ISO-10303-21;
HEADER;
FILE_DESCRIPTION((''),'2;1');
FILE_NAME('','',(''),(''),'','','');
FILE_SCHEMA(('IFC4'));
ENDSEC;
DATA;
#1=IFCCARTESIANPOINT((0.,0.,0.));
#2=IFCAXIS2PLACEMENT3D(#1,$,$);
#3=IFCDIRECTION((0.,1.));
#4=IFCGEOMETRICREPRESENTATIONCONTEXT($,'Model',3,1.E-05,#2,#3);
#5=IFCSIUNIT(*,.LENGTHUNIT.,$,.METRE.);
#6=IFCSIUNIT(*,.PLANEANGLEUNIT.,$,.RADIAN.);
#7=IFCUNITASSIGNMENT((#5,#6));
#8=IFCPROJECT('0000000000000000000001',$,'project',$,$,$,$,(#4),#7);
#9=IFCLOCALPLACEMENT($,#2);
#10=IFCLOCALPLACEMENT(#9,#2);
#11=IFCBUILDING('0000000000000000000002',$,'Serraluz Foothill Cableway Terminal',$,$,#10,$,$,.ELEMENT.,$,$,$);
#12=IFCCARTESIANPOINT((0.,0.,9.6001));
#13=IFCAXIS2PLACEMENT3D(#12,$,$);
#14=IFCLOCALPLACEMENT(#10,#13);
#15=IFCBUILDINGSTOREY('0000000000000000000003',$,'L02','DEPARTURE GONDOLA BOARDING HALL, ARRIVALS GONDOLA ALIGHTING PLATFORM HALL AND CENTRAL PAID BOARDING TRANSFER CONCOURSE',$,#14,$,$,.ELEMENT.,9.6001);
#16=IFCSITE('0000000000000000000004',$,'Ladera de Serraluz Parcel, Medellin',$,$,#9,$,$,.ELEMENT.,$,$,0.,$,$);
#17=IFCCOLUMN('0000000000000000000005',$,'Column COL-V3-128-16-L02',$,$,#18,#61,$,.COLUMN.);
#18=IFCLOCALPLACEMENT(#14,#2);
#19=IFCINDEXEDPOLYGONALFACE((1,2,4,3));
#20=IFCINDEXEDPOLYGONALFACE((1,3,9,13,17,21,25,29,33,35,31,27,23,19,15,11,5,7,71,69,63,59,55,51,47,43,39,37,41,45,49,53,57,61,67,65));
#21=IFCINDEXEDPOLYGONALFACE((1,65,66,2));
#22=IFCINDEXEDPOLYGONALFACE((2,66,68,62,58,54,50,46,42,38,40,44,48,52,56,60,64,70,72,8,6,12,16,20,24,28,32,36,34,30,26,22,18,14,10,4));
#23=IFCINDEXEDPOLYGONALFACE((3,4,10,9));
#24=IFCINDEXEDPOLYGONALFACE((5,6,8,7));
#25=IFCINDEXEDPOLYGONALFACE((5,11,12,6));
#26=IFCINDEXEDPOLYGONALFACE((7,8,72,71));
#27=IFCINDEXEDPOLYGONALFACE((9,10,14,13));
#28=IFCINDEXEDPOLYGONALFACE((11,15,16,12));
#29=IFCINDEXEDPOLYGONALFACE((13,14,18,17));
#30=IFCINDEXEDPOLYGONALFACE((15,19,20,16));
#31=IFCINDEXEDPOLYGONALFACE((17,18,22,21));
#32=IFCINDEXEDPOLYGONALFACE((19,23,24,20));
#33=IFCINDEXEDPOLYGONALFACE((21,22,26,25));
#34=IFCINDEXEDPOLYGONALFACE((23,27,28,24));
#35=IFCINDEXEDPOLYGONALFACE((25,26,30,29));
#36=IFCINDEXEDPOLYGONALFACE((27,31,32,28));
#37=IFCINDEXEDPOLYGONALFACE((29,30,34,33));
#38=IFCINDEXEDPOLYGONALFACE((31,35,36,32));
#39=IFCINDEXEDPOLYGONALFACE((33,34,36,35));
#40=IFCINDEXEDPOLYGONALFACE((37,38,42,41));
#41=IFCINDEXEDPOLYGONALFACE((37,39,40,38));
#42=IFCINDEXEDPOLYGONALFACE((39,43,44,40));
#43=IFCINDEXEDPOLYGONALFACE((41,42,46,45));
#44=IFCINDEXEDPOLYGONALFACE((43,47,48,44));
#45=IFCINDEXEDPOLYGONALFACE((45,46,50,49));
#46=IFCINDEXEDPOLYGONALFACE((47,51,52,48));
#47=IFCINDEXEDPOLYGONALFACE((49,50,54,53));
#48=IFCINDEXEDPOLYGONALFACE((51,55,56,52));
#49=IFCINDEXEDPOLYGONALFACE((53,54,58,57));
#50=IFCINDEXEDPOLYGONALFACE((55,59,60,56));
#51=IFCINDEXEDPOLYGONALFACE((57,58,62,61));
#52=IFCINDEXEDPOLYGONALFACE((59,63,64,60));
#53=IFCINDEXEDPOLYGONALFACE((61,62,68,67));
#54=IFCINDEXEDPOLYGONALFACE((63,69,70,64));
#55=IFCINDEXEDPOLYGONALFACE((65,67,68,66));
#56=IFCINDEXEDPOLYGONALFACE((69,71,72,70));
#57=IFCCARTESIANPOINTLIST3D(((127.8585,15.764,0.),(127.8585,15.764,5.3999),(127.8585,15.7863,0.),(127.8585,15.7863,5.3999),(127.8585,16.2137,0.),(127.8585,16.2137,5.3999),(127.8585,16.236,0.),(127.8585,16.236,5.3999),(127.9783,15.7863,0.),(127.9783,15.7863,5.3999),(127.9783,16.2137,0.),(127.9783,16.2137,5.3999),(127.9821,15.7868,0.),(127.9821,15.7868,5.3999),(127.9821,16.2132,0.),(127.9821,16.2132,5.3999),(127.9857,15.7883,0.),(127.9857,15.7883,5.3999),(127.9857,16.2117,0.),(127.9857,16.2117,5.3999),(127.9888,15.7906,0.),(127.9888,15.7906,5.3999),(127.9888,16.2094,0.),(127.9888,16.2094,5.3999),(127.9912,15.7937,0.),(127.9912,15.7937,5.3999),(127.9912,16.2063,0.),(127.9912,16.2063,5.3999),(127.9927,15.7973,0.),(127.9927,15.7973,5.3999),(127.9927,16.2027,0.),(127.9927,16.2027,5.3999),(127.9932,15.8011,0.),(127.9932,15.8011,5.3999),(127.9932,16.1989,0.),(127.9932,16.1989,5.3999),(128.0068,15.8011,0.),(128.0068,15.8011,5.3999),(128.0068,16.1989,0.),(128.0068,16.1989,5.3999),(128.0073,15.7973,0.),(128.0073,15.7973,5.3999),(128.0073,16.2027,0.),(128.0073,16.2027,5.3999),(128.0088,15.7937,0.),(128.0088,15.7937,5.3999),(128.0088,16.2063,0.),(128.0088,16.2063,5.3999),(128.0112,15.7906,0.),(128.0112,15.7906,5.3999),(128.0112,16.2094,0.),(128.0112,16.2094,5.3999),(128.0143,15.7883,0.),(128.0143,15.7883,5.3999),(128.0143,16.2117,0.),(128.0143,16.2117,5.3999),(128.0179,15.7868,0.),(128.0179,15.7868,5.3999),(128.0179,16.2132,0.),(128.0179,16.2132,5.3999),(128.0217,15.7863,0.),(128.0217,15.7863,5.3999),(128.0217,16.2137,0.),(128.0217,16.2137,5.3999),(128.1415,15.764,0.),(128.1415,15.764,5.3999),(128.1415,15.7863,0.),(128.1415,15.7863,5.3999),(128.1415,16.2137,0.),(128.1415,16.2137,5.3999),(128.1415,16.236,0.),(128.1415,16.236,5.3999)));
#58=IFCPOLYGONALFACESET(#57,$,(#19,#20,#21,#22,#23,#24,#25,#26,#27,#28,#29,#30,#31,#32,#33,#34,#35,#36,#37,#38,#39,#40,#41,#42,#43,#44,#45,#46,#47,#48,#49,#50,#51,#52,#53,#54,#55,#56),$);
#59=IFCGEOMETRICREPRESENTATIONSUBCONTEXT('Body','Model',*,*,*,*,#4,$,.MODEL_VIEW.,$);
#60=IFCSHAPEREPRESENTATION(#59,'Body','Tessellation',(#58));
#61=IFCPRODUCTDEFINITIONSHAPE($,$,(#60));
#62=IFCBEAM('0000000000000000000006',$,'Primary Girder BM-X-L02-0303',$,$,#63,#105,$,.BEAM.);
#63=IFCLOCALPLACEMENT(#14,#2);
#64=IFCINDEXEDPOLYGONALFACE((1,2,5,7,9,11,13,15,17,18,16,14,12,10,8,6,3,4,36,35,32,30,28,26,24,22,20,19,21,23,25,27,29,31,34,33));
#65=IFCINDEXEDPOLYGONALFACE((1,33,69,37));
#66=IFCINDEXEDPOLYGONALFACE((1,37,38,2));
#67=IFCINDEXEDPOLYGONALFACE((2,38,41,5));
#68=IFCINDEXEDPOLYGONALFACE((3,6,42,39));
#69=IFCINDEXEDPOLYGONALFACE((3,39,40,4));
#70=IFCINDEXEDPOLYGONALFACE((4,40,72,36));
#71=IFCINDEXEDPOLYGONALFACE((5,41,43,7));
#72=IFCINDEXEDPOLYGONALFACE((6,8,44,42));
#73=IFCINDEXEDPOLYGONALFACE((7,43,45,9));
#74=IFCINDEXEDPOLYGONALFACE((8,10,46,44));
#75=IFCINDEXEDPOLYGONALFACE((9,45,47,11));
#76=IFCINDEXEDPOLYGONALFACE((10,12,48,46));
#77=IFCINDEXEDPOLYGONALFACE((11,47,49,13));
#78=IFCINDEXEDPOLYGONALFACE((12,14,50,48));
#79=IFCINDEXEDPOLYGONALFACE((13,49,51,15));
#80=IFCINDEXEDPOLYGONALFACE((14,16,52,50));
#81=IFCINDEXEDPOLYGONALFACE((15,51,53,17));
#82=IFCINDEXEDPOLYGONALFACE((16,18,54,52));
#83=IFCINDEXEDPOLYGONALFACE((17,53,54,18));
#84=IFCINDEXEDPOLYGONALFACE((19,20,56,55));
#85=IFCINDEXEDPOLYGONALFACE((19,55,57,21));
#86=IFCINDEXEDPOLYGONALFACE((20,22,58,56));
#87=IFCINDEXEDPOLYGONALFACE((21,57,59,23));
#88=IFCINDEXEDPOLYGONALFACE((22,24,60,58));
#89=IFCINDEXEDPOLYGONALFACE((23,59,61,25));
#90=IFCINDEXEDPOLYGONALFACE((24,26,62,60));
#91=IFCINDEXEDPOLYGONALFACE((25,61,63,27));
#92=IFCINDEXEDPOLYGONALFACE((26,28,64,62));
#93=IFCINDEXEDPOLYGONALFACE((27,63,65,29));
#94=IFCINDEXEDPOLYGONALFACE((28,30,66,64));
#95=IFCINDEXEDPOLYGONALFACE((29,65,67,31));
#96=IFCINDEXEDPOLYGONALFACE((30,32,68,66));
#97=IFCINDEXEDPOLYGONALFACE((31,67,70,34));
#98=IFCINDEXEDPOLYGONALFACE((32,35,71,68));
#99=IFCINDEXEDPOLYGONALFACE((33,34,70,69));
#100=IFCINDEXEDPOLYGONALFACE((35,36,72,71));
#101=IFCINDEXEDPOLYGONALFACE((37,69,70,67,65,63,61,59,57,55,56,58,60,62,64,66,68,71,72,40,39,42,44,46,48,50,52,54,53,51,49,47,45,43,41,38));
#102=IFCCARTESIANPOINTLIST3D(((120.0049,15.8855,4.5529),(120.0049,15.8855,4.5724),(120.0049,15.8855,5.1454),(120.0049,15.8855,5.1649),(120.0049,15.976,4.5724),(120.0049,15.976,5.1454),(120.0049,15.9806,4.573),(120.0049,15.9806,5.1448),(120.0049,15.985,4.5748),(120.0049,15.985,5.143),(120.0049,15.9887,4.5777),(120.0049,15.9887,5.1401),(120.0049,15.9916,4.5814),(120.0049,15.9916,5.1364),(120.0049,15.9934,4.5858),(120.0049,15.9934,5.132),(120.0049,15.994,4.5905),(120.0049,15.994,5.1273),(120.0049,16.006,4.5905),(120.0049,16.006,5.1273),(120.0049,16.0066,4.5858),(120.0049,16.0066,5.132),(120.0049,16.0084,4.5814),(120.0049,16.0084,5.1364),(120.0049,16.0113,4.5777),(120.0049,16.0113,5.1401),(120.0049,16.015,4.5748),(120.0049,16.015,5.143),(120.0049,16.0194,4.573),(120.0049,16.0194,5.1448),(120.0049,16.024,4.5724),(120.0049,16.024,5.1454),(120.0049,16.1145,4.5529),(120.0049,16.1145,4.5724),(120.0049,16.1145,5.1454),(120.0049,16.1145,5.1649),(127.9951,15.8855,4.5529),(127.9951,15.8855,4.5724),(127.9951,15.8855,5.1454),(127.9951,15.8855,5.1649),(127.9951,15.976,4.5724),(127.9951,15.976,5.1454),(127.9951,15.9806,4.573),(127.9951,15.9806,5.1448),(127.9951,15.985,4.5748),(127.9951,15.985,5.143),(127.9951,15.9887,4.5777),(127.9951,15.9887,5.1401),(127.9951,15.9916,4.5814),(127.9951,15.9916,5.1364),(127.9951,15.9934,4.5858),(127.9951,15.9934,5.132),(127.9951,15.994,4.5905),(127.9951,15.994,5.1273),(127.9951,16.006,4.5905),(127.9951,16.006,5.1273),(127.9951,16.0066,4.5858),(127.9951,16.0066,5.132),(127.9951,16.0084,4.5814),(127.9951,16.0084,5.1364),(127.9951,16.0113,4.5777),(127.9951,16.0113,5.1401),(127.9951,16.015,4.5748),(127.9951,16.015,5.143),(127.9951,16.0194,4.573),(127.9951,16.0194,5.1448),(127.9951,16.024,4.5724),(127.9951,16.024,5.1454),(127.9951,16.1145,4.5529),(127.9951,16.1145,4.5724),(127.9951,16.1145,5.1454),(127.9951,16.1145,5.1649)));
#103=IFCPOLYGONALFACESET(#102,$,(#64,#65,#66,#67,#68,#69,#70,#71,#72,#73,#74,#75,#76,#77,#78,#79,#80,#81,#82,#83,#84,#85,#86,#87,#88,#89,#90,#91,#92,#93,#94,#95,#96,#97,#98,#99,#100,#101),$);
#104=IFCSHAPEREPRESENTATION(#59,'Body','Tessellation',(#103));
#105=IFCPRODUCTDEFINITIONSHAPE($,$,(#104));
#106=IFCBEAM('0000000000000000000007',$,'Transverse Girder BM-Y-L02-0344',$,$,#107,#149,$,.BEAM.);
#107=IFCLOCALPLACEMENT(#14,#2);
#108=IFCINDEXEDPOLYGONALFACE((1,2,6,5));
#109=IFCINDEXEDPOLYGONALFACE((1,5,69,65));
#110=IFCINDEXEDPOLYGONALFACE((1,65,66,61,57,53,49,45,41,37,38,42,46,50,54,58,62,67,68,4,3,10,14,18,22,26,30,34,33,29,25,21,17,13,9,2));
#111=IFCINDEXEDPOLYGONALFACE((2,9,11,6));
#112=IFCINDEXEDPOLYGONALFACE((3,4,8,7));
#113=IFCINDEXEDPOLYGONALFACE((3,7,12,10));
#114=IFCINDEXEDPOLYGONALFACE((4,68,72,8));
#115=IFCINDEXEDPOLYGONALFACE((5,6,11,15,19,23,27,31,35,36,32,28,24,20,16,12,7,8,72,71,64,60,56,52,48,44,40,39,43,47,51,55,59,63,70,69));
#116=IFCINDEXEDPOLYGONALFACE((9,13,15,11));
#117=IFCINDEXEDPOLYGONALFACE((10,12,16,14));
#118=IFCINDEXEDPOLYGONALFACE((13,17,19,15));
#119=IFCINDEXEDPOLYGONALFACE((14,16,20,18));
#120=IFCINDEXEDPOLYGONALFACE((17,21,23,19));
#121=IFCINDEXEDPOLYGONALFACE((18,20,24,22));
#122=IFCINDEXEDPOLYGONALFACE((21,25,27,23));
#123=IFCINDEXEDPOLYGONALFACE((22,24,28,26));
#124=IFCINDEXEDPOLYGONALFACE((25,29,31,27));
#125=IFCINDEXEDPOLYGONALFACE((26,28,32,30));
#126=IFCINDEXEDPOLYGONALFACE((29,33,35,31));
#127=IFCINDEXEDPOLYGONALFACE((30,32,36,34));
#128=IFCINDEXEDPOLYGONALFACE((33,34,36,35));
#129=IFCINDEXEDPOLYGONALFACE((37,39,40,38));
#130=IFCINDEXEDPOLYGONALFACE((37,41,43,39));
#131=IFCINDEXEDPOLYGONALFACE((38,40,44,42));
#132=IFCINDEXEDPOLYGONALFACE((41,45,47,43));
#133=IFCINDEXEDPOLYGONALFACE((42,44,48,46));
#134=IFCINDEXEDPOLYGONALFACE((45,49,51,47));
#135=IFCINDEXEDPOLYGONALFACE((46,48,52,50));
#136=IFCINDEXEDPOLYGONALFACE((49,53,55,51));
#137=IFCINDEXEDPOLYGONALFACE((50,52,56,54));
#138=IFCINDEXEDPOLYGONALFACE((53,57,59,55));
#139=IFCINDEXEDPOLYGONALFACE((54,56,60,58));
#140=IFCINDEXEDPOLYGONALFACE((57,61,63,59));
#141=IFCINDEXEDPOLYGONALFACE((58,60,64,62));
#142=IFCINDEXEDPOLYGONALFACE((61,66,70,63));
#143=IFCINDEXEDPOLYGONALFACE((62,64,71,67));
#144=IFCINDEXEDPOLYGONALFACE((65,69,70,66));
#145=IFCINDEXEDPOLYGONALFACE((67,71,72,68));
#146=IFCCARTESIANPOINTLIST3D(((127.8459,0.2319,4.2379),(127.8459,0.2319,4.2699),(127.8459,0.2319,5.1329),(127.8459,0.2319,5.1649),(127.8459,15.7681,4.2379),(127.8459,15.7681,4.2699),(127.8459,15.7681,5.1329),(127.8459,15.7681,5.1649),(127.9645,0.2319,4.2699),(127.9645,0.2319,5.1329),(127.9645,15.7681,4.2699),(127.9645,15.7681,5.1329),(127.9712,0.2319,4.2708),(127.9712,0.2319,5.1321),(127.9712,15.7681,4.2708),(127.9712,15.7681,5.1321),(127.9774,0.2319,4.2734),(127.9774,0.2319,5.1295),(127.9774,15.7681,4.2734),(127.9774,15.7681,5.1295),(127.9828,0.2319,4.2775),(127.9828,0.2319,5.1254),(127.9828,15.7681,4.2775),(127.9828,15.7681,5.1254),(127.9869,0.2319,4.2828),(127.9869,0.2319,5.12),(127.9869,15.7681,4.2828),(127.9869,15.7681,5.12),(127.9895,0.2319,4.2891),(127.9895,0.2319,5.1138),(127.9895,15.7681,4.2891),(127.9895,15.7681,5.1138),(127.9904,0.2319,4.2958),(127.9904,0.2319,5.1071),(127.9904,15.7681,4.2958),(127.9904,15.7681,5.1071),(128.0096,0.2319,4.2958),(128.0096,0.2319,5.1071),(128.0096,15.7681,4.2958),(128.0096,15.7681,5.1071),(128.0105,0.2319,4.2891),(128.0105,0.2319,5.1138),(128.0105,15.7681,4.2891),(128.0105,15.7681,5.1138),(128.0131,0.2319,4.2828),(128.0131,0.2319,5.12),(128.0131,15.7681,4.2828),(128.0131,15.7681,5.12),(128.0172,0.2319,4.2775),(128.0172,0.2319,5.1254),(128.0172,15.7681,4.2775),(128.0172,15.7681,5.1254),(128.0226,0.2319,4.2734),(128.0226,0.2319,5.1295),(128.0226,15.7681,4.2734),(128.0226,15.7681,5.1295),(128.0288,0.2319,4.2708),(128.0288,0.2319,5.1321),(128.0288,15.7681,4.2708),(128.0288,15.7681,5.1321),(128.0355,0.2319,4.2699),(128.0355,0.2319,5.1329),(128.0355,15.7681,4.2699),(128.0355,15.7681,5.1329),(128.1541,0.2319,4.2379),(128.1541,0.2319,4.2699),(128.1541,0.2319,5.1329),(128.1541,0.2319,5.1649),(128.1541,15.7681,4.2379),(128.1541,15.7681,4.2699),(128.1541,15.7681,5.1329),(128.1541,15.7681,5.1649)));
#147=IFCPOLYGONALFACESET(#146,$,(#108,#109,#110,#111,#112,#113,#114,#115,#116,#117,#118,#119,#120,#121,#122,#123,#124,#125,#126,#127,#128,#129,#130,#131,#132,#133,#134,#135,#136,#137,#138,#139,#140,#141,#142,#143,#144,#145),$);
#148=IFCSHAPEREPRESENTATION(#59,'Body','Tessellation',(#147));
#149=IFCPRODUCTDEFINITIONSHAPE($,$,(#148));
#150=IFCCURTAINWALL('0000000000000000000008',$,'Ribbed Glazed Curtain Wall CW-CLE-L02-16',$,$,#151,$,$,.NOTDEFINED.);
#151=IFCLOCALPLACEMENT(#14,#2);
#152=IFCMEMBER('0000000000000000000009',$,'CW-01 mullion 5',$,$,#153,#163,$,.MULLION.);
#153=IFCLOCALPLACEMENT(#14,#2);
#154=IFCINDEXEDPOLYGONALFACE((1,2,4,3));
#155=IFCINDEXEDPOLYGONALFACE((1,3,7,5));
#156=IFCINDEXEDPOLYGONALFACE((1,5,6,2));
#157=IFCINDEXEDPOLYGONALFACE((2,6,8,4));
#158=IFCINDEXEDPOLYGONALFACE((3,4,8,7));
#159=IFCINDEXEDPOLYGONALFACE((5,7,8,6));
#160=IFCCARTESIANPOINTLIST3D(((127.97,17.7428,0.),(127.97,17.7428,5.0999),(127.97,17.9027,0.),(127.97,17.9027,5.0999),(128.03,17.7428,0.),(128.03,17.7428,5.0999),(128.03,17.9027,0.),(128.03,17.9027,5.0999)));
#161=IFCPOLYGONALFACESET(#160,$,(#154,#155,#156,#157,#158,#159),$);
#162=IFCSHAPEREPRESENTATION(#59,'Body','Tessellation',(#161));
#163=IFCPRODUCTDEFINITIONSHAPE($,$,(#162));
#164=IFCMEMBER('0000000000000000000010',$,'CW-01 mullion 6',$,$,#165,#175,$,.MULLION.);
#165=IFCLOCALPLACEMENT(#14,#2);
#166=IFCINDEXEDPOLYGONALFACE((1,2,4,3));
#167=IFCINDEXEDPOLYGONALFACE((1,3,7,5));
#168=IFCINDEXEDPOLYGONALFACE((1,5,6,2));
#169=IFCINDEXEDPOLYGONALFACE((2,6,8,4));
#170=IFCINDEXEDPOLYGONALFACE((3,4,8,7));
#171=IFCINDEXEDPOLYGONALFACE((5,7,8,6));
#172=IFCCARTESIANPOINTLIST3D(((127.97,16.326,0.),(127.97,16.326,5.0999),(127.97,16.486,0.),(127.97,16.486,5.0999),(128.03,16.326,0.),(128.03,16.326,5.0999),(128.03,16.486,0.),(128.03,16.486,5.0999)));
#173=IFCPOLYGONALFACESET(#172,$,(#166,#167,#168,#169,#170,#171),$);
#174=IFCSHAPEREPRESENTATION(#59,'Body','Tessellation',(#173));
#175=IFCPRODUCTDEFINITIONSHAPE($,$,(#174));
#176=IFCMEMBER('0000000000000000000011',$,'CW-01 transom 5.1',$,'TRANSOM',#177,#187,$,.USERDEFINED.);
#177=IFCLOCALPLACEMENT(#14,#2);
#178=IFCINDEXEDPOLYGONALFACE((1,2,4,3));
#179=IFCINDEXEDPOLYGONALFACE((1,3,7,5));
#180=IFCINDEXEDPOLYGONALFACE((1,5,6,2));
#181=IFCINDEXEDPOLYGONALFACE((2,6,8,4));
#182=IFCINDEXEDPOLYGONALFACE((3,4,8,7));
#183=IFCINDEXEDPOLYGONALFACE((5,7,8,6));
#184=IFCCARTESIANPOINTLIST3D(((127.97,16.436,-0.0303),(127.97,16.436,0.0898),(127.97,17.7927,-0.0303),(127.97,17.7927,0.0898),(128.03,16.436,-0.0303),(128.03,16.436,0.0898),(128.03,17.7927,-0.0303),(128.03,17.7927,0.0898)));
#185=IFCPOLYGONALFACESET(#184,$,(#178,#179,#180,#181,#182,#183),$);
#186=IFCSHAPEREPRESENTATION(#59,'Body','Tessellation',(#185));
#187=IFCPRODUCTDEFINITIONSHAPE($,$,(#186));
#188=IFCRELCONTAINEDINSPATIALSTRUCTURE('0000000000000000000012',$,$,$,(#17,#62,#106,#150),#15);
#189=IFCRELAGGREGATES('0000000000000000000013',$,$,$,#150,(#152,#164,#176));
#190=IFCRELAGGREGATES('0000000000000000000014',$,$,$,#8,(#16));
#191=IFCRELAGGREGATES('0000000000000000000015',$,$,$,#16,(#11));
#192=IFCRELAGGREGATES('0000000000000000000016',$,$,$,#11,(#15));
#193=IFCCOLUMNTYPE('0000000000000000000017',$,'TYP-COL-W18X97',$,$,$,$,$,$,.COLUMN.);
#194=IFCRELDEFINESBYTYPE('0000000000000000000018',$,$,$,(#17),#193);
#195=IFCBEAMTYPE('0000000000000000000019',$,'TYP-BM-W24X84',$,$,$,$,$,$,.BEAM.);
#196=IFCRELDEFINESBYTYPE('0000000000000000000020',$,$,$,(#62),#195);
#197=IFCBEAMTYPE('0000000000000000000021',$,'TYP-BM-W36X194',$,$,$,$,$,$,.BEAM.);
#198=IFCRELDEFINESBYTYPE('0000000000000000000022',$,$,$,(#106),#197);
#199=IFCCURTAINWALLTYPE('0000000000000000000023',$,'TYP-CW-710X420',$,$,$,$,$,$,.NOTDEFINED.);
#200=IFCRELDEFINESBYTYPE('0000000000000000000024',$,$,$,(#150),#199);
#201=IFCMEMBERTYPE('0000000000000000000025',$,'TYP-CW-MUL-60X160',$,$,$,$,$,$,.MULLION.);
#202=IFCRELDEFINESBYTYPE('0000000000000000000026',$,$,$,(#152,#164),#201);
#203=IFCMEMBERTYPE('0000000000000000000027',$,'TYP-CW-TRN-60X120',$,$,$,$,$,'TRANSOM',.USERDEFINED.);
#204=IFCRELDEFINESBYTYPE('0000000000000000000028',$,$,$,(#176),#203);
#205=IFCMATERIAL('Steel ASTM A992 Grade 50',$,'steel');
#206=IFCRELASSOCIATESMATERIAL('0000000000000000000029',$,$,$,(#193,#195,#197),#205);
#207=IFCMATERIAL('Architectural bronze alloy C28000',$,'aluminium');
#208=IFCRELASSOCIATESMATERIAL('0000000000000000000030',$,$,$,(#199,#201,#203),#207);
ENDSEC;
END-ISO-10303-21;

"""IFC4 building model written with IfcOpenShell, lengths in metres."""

from ifc_helpers import new_model, si_unit, direction, frame, origin, origin_2d, place, context, subcontext, project, spatial, rectangle, i_section, extrude, material, material_profile, profile_set, type_object, element, aggregate, save


model = new_model("IFC4")

# Units and contexts
model_context = context("Model", 3, precision=1e-05, world=origin(), true_north=direction((0.0, 1.0)))
body_context = subcontext(model_context, "Body", "Model", "MODEL_VIEW")
ifc_project = project(units=[si_unit("LENGTHUNIT", "METRE"), si_unit("PLANEANGLEUNIT", "RADIAN")], contexts=[model_context])

# Site, building, storey
site_placement = place(None, origin())
site = spatial("IfcSite", under=ifc_project, at=site_placement, Name="Ladera de Serraluz Parcel, Medellin", CompositionType="ELEMENT", RefElevation=0.0)
building_placement = place(site_placement, origin())
building = spatial("IfcBuilding", under=site, at=building_placement, Name="Serraluz Foothill Cableway Terminal", CompositionType="ELEMENT")
storey_placement = place(building_placement, frame((0.0, 0.0, 9.6001)))
storey = spatial("IfcBuildingStorey", under=building, at=storey_placement, Name="L02", Description="DEPARTURE GONDOLA BOARDING HALL, ARRIVALS GONDOLA ALIGHTING PLATFORM HALL AND CENTRAL PAID BOARDING TRANSFER CONCOURSE", CompositionType="ELEMENT", Elevation=9.6001)

# Column
ifc_material_1 = material(Name="Steel ASTM A992 Grade 50", Category="steel")
ifc_material_profile_1 = material_profile(ifc_material_1, i_section(OverallWidth=0.283, OverallDepth=0.4719, WebThickness=0.0137, FlangeThickness=0.0222, FilletRadius=0.0149, at=origin_2d()), Name="W18X97")
ifc_profile_set_1 = profile_set([ifc_material_profile_1], Name="Steel ASTM A992 Grade 50")
column_type = type_object("IfcColumnType", Name="TYP-COL-W18X97", PredefinedType="COLUMN", material=ifc_profile_set_1)
column_placement = place(storey_placement, frame((128.0, 16.0, 0.0), z_axis=(0.0, 0.0, 1.0), x_axis=(1.0, 0.0, 0.0)))
element("IfcColumn", 1, at=column_placement, inside=storey, type_object=column_type, Name="Column COL-V3-128-16-L02", PredefinedType="COLUMN", context=body_context, shape_type="SweptSolid", body=[
    extrude(i_section(OverallWidth=0.283, OverallDepth=0.4719, WebThickness=0.0137, FlangeThickness=0.0222, FilletRadius=0.0149, at=origin_2d()), origin(), (0.0, 0.0, 1.0), 5.3999),
])

# Beams
ifc_material_profile_2 = material_profile(ifc_material_1, i_section(OverallWidth=0.229, OverallDepth=0.6121, WebThickness=0.012, FlangeThickness=0.0195, FilletRadius=0.0181, at=origin_2d()), Name="W24X84")
ifc_profile_set_2 = profile_set([ifc_material_profile_2], Name="Steel ASTM A992 Grade 50")
beam_type_1 = type_object("IfcBeamType", Name="TYP-BM-W24X84", PredefinedType="BEAM", material=ifc_profile_set_2)
beam_1_placement = place(storey_placement, frame((120.0049, 16.0, 4.8589), z_axis=(1.0, 0.0, 0.0), x_axis=(0.0, 1.0, 0.0)))
element("IfcBeam", 2, at=beam_1_placement, inside=storey, type_object=beam_type_1, Name="Primary Girder BM-X-L02-0303", PredefinedType="BEAM", context=body_context, shape_type="SweptSolid", body=[
    extrude(i_section(OverallWidth=0.229, OverallDepth=0.6121, WebThickness=0.012, FlangeThickness=0.0195, FilletRadius=0.0181, at=origin_2d()), origin(), (0.0, 0.0, 1.0), 7.9902),
])
ifc_material_profile_3 = material_profile(ifc_material_1, i_section(OverallWidth=0.3081, OverallDepth=0.927, WebThickness=0.0193, FlangeThickness=0.032, FilletRadius=0.0259, at=origin_2d()), Name="W36X194")
ifc_profile_set_3 = profile_set([ifc_material_profile_3], Name="Steel ASTM A992 Grade 50")
beam_type_2 = type_object("IfcBeamType", Name="TYP-BM-W36X194", PredefinedType="BEAM", material=ifc_profile_set_3)
beam_2_placement = place(storey_placement, frame((128.0, 0.2319, 4.7014), z_axis=(0.0, 1.0, 0.0), x_axis=(-1.0, 0.0, 0.0)))
element("IfcBeam", 3, at=beam_2_placement, inside=storey, type_object=beam_type_2, Name="Transverse Girder BM-Y-L02-0344", PredefinedType="BEAM", context=body_context, shape_type="SweptSolid", body=[
    extrude(i_section(OverallWidth=0.3081, OverallDepth=0.927, WebThickness=0.0193, FlangeThickness=0.032, FilletRadius=0.0259, at=origin_2d()), origin(), (0.0, 0.0, 1.0), 15.5361),
])

# Curtain wall, members
ifc_material_2 = material(Name="Architectural bronze alloy C28000", Category="aluminium")
curtain_wall_type = type_object("IfcCurtainWallType", Name="TYP-CW-710X420", PredefinedType="NOTDEFINED", material=ifc_material_2)
curtain_wall_placement = place(storey_placement, origin())
curtain_wall = element("IfcCurtainWall", 4, at=curtain_wall_placement, inside=storey, type_object=curtain_wall_type, Name="Ribbed Glazed Curtain Wall CW-CLE-L02-16", PredefinedType="NOTDEFINED")
ifc_material_profile_4 = material_profile(ifc_material_2, rectangle(XDim=0.0601, YDim=0.1599, at=origin_2d()), Name="ALU MULLION 60x160")
ifc_profile_set_4 = profile_set([ifc_material_profile_4], Name="Architectural bronze alloy C28000")
member_type_1 = type_object("IfcMemberType", Name="TYP-CW-MUL-60X160", PredefinedType="MULLION", material=ifc_profile_set_4)
member_1_placement = place(storey_placement, frame((128.0, 17.8228, 0.0), z_axis=(0.0, 0.0, 1.0), x_axis=(1.0, 0.0, 0.0)))
member_1 = element("IfcMember", 5, at=member_1_placement, type_object=member_type_1, Name="CW-01 mullion 5", PredefinedType="MULLION", context=body_context, shape_type="SweptSolid", body=[
    extrude(rectangle(XDim=0.0601, YDim=0.1599, at=origin_2d()), origin(), (0.0, 0.0, 1.0), 5.0999),
])
member_2_placement = place(storey_placement, frame((128.0, 16.406, 0.0), z_axis=(0.0, 0.0, 1.0), x_axis=(1.0, 0.0, 0.0)))
member_2 = element("IfcMember", 6, at=member_2_placement, type_object=member_type_1, Name="CW-01 mullion 6", PredefinedType="MULLION", context=body_context, shape_type="SweptSolid", body=[
    extrude(rectangle(XDim=0.0601, YDim=0.1599, at=origin_2d()), origin(), (0.0, 0.0, 1.0), 5.0999),
])
ifc_material_profile_5 = material_profile(ifc_material_2, rectangle(XDim=0.0601, YDim=0.1201, at=origin_2d()), Name="ALU TRANSOM 60x120")
ifc_profile_set_5 = profile_set([ifc_material_profile_5], Name="Architectural bronze alloy C28000")
member_type_2 = type_object("IfcMemberType", Name="TYP-CW-TRN-60X120", ElementType="TRANSOM", PredefinedType="USERDEFINED", material=ifc_profile_set_5)
member_3_placement = place(storey_placement, frame((128.0, 17.7927, 0.0298), z_axis=(0.0, -1.0, 0.0), x_axis=(1.0, 0.0, 0.0)))
member_3 = element("IfcMember", 7, at=member_3_placement, type_object=member_type_2, Name="CW-01 transom 5.1", ObjectType="TRANSOM", PredefinedType="USERDEFINED", context=body_context, shape_type="SweptSolid", body=[
    extrude(rectangle(XDim=0.0601, YDim=0.1201, at=origin_2d()), origin(), (0.0, 0.0, 1.0), 1.3567),
])

aggregate(curtain_wall, [member_1, member_2, member_3])

save(model, "model.ifc")
